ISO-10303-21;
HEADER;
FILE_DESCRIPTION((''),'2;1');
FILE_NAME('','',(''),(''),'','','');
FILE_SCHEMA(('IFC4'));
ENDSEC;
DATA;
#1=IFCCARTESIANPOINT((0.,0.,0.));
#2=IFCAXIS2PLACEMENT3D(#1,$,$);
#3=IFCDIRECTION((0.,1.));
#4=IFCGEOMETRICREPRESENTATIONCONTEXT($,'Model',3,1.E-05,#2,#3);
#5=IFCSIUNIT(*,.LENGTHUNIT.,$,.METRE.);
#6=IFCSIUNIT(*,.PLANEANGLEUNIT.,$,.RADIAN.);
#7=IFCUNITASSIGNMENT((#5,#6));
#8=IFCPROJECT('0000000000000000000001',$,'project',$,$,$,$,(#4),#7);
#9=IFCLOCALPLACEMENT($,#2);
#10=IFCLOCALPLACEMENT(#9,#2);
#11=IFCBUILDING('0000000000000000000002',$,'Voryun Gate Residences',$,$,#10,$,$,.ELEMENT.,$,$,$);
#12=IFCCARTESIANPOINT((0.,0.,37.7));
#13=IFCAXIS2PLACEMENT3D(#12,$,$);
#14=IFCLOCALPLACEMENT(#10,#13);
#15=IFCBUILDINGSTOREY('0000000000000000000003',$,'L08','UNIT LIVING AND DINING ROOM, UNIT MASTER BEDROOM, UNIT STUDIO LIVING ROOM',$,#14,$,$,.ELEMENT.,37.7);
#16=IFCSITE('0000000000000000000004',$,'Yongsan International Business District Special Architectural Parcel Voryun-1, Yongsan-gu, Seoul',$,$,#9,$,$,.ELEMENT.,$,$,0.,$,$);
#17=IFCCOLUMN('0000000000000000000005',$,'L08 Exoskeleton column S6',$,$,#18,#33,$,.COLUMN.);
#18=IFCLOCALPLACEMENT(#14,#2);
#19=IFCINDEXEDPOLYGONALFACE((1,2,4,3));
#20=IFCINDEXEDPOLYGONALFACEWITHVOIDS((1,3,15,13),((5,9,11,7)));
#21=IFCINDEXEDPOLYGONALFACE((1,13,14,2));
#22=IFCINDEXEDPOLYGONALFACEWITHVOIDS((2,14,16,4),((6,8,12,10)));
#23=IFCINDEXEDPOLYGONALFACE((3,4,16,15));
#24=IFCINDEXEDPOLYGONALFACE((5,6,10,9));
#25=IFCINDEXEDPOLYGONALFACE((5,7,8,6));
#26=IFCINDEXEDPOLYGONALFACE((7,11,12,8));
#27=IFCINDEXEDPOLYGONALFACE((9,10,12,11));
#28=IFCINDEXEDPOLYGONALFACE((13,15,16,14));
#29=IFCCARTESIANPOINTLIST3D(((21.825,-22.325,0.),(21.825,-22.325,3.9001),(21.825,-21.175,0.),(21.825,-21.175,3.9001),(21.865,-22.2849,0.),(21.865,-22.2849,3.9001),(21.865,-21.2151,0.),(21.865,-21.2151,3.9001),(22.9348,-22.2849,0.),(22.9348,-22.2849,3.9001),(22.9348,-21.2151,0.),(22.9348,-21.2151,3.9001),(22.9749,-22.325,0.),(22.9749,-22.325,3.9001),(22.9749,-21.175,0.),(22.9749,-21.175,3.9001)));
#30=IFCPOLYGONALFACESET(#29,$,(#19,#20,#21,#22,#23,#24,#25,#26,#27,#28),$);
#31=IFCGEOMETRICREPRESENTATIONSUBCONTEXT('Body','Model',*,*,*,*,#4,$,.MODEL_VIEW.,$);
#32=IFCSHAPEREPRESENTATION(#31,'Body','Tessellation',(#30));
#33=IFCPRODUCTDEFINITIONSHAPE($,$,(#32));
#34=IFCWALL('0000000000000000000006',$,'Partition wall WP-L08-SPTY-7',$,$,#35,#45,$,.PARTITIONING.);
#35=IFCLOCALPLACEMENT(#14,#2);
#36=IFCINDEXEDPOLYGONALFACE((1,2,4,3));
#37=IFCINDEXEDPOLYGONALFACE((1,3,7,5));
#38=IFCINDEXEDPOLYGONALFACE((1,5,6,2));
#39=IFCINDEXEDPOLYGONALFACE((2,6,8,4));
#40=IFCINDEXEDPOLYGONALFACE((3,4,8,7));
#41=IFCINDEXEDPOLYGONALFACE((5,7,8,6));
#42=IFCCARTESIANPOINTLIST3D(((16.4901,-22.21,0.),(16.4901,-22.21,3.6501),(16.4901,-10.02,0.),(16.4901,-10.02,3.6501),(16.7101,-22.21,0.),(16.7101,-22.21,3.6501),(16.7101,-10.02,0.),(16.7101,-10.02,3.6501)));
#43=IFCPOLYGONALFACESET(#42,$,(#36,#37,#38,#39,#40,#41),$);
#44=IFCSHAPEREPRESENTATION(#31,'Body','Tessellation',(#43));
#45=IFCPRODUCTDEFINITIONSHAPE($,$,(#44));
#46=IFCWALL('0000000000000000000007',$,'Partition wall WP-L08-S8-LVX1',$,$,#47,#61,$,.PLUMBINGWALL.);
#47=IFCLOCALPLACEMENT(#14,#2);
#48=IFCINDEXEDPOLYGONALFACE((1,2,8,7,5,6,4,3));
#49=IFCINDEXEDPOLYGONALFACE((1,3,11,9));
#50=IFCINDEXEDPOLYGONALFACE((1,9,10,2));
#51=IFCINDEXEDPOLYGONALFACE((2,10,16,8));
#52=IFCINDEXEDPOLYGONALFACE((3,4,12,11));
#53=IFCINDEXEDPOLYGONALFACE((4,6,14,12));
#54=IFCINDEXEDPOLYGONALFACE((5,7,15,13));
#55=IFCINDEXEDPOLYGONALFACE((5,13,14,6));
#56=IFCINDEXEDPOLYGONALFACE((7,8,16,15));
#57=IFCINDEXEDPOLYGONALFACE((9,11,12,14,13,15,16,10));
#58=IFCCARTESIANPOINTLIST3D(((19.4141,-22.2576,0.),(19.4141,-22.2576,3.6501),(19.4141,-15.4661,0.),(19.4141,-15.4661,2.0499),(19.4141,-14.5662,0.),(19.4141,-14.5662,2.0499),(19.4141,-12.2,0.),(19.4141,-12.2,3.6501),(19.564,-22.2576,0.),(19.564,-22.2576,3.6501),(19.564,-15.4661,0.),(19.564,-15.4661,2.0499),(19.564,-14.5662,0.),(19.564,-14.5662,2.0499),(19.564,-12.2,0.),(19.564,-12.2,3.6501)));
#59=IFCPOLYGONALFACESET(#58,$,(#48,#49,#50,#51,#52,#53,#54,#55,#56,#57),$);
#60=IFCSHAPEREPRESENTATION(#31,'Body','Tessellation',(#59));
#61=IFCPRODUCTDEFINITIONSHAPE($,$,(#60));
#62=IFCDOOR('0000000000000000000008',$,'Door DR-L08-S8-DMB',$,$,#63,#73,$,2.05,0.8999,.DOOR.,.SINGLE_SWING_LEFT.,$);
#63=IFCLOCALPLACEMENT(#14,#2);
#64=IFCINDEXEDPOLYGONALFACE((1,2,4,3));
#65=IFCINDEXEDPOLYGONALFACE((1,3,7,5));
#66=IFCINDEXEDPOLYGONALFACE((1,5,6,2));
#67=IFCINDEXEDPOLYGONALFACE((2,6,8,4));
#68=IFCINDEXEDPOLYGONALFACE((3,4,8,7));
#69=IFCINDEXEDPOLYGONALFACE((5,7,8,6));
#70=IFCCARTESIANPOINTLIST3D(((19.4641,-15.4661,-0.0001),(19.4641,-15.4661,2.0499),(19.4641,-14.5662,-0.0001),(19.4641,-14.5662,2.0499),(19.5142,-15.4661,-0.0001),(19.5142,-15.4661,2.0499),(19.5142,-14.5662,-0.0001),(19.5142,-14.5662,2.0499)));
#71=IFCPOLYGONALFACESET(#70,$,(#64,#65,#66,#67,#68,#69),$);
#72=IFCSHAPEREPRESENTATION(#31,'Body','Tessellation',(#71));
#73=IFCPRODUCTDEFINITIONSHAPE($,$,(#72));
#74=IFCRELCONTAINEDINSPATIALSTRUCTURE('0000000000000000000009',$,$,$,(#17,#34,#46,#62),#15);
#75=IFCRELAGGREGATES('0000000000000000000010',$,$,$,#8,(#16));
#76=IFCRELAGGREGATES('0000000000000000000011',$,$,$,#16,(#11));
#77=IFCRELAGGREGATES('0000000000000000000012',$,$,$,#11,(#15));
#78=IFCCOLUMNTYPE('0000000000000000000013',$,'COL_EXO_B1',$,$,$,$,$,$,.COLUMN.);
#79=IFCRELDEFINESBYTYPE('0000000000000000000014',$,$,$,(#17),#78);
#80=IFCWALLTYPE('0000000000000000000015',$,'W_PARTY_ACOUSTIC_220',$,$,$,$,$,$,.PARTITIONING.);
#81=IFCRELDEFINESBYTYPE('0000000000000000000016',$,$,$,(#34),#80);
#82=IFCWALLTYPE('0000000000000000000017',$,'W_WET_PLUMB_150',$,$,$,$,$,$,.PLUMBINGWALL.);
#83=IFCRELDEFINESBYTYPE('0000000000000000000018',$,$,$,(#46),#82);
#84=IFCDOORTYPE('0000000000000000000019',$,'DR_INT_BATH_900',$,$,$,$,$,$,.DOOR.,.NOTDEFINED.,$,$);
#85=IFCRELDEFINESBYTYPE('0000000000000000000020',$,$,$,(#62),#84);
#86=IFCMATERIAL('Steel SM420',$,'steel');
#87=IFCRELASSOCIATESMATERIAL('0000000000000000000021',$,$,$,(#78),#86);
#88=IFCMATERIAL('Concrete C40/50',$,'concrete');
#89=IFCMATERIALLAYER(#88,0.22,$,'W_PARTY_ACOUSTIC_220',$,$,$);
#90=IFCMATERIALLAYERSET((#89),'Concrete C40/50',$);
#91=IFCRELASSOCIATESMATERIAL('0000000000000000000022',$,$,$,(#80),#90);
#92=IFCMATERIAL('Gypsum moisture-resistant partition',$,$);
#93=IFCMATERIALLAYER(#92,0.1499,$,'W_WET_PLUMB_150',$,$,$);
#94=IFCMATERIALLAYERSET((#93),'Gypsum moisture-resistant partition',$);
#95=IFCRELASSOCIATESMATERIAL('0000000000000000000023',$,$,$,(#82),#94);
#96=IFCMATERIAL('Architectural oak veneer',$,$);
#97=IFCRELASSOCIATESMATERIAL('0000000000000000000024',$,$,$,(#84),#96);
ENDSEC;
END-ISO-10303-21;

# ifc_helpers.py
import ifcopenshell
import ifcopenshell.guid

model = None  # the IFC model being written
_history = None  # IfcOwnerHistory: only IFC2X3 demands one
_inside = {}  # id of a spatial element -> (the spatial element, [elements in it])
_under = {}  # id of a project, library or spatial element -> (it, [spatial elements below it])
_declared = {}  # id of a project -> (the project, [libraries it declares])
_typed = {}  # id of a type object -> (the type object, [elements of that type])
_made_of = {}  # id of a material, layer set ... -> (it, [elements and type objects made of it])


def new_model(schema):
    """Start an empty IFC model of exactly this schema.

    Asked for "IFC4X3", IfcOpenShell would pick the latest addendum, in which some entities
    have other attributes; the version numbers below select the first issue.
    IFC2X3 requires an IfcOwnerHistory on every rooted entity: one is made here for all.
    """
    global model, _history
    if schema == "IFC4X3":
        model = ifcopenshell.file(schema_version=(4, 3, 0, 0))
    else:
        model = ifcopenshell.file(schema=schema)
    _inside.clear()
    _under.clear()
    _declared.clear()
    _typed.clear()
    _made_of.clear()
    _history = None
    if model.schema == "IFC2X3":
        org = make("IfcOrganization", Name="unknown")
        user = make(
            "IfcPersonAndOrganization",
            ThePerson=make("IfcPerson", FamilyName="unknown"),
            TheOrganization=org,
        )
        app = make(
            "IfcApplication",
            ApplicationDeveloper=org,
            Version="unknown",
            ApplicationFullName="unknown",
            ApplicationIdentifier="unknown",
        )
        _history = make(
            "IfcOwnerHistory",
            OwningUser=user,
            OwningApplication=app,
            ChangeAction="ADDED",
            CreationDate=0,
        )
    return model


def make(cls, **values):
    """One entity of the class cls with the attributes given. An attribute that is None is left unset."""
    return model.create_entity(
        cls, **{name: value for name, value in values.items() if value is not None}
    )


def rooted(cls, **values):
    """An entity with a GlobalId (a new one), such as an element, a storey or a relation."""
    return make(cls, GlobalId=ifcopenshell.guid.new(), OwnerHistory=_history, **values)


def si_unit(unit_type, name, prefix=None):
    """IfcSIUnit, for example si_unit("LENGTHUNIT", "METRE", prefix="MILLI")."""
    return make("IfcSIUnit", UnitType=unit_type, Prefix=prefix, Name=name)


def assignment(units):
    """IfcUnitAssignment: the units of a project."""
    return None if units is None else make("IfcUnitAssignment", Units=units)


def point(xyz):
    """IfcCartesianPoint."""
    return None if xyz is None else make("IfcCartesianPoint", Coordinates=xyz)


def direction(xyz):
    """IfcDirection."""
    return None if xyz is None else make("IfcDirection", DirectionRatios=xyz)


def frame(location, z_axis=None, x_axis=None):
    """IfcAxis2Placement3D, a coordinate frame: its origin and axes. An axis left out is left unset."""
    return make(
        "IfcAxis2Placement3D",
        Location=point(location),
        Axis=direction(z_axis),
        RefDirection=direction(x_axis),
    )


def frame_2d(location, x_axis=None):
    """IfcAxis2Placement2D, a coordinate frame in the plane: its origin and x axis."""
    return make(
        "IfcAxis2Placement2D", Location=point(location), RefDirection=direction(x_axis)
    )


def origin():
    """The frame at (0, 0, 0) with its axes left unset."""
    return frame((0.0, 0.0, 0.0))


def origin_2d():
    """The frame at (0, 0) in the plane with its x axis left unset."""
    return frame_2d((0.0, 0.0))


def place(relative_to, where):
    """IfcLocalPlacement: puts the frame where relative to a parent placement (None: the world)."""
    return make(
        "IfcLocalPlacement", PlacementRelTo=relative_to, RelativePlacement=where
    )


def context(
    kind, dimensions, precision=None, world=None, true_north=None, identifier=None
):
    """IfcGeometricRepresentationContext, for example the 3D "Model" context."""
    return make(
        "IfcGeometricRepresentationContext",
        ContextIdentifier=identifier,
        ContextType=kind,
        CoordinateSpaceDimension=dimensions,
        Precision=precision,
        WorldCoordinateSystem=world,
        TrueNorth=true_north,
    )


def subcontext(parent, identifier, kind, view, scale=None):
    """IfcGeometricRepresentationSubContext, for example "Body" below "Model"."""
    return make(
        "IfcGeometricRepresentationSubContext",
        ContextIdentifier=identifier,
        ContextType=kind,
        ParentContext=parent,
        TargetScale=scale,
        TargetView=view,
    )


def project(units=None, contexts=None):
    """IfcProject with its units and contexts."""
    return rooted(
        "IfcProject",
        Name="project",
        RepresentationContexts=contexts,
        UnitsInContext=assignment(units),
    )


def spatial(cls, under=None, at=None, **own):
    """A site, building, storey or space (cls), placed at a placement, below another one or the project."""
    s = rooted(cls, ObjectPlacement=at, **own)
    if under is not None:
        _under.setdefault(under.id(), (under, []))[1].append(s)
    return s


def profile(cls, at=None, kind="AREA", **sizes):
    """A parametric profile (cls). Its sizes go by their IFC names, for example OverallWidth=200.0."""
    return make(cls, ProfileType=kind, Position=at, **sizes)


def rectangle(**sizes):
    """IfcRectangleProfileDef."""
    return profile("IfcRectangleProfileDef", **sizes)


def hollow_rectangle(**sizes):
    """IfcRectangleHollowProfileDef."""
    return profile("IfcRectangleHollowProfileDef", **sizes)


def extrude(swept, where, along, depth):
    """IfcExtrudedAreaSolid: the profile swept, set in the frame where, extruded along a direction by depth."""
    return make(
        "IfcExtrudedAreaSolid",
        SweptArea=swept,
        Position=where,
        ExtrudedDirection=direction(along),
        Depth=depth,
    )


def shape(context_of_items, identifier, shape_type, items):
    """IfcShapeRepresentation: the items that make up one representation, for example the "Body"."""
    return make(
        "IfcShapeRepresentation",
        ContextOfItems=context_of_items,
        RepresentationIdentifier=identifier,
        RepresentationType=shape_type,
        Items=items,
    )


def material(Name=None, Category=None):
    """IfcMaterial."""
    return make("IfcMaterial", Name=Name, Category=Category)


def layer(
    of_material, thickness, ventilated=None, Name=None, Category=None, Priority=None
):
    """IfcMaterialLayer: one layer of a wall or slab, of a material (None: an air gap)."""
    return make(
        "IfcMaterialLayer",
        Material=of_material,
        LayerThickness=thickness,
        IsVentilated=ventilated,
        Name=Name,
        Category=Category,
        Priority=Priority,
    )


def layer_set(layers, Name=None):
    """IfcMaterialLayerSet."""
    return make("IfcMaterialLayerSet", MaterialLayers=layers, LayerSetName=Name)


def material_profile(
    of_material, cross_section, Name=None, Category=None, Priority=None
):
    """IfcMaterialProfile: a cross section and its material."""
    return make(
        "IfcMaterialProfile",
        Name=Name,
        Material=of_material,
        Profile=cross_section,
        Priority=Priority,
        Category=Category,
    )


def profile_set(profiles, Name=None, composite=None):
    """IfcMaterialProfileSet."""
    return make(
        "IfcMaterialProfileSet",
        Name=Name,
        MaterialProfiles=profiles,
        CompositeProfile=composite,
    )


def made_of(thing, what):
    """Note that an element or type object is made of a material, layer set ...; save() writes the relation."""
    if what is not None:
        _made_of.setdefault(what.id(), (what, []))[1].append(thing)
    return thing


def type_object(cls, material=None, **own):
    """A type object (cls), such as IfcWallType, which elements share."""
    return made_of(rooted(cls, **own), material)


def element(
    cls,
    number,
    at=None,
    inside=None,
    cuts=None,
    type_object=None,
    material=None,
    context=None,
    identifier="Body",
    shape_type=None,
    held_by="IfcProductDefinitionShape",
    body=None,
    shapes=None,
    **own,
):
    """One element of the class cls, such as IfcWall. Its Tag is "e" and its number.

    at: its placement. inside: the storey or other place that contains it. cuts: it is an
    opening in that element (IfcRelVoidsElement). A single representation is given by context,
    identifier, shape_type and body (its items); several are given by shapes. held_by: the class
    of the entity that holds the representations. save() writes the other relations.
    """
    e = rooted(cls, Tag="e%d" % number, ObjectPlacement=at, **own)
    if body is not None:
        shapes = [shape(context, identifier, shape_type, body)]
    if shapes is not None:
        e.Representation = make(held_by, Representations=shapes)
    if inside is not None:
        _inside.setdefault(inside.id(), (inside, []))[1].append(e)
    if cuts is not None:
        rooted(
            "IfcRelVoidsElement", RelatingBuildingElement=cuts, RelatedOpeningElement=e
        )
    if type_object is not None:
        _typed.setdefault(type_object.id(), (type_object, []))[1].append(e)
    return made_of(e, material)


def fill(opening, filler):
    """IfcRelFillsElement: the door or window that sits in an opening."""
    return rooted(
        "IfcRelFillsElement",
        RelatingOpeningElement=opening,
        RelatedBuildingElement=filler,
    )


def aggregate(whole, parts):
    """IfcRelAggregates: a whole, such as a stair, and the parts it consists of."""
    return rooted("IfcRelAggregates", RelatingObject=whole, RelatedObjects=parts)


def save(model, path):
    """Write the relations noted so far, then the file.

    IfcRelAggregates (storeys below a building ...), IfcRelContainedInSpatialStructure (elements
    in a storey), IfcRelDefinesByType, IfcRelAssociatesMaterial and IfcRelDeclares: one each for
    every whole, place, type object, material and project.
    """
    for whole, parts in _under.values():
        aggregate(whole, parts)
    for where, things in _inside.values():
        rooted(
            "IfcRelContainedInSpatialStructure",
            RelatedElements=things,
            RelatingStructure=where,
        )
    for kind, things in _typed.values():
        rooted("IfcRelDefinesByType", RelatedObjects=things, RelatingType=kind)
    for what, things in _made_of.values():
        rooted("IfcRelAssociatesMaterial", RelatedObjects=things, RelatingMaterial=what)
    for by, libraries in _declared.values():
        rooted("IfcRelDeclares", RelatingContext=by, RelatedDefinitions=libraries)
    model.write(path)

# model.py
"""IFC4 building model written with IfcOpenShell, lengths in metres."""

from ifc_helpers import new_model, si_unit, direction, frame, frame_2d, origin, origin_2d, place, context, subcontext, project, spatial, rectangle, hollow_rectangle, extrude, material, layer, layer_set, material_profile, profile_set, type_object, element, fill, save


model = new_model("IFC4")

# Units and contexts
model_context = context("Model", 3, precision=1e-05, world=origin(), true_north=direction((0.0, 1.0)))
body_context = subcontext(model_context, "Body", "Model", "MODEL_VIEW")
ifc_project = project(units=[si_unit("LENGTHUNIT", "METRE"), si_unit("PLANEANGLEUNIT", "RADIAN")], contexts=[model_context])

# Site, building, storey
site_placement = place(None, origin())
site = spatial("IfcSite", under=ifc_project, at=site_placement, Name="Yongsan International Business District Special Architectural Parcel Voryun-1, Yongsan-gu, Seoul", CompositionType="ELEMENT", RefElevation=0.0)
building_placement = place(site_placement, origin())
building = spatial("IfcBuilding", under=site, at=building_placement, Name="Voryun Gate Residences", CompositionType="ELEMENT")
storey_placement = place(building_placement, frame((0.0, 0.0, 37.7)))
storey = spatial("IfcBuildingStorey", under=building, at=storey_placement, Name="L08", Description="UNIT LIVING AND DINING ROOM, UNIT MASTER BEDROOM, UNIT STUDIO LIVING ROOM", CompositionType="ELEMENT", Elevation=37.7)

# Column
ifc_material_1 = material(Name="Steel SM420", Category="steel")
ifc_material_profile = material_profile(ifc_material_1, hollow_rectangle(XDim=1.1499, YDim=1.1499, WallThickness=0.04, at=origin_2d()), Name="BOX-1150x1150x40")
ifc_profile_set = profile_set([ifc_material_profile], Name="Steel SM420")
column_type = type_object("IfcColumnType", Name="COL_EXO_B1", PredefinedType="COLUMN", material=ifc_profile_set)
column_placement = place(storey_placement, frame((22.3999, -21.75, 0.0), z_axis=(0.0, 0.0, 1.0), x_axis=(1.0, 0.0, 0.0)))
element("IfcColumn", 1, at=column_placement, inside=storey, type_object=column_type, Name="L08 Exoskeleton column S6", PredefinedType="COLUMN", context=body_context, shape_type="SweptSolid", body=[
    extrude(hollow_rectangle(XDim=1.1499, YDim=1.1499, WallThickness=0.04, at=origin_2d()), origin(), (0.0, 0.0, 1.0), 3.9001),
])

# Wall
ifc_material_2 = material(Name="Concrete C40/50", Category="concrete")
ifc_layer_1 = layer(ifc_material_2, 0.22, Name="W_PARTY_ACOUSTIC_220")
ifc_layer_set_1 = layer_set([ifc_layer_1], Name="Concrete C40/50")
wall_type_1 = type_object("IfcWallType", Name="W_PARTY_ACOUSTIC_220", PredefinedType="PARTITIONING", material=ifc_layer_set_1)
wall_1_placement = place(storey_placement, frame((16.6001, -22.21, 0.0), z_axis=(0.0, 0.0, 1.0), x_axis=(0.0, 1.0, 0.0)))
element("IfcWall", 2, at=wall_1_placement, inside=storey, type_object=wall_type_1, Name="Partition wall WP-L08-SPTY-7", PredefinedType="PARTITIONING", context=body_context, shape_type="SweptSolid", body=[
    extrude(rectangle(XDim=12.1899, YDim=0.22, at=frame_2d((6.095, 0.0))), origin(), (0.0, 0.0, 1.0), 3.6501),
])

# Wall, opening, door
ifc_material_3 = material(Name="Gypsum moisture-resistant partition")
ifc_layer_2 = layer(ifc_material_3, 0.1499, Name="W_WET_PLUMB_150")
ifc_layer_set_2 = layer_set([ifc_layer_2], Name="Gypsum moisture-resistant partition")
wall_type_2 = type_object("IfcWallType", Name="W_WET_PLUMB_150", PredefinedType="PLUMBINGWALL", material=ifc_layer_set_2)
wall_2_placement = place(storey_placement, frame((19.489, -22.2576, 0.0), z_axis=(0.0, 0.0, 1.0), x_axis=(0.0, 1.0, 0.0)))
wall_2 = element("IfcWall", 3, at=wall_2_placement, inside=storey, type_object=wall_type_2, Name="Partition wall WP-L08-S8-LVX1", PredefinedType="PLUMBINGWALL", context=body_context, shape_type="SweptSolid", body=[
    extrude(rectangle(XDim=10.0576, YDim=0.1499, at=frame_2d((5.0288, 0.0))), origin(), (0.0, 0.0, 1.0), 3.6501),
])
opening_1_placement = place(wall_2_placement, frame((6.7915, 0.0, 0.0)))
opening_1 = element("IfcOpeningElement", 4, at=opening_1_placement, cuts=wall_2, PredefinedType="OPENING", context=body_context, shape_type="SweptSolid", body=[
    extrude(rectangle(XDim=0.8999, YDim=2.05, at=frame_2d((0.45, 1.0249))), frame((0.0, 0.085, 0.0), z_axis=(0.0, -1.0, 0.0), x_axis=(1.0, 0.0, 0.0)), (0.0, 0.0, 1.0), 0.1699),
])
ifc_material_4 = material(Name="Architectural oak veneer")
door_type = type_object("IfcDoorType", Name="DR_INT_BATH_900", OperationType="NOTDEFINED", PredefinedType="DOOR", material=ifc_material_4)
door_placement = place(opening_1_placement, origin())
door = element("IfcDoor", 5, at=door_placement, inside=storey, type_object=door_type, Name="Door DR-L08-S8-DMB", OperationType="SINGLE_SWING_LEFT", OverallHeight=2.05, OverallWidth=0.8999, PredefinedType="DOOR", context=body_context, shape_type="SweptSolid", body=[
    extrude(rectangle(XDim=0.8999, YDim=2.05, at=frame_2d((0.45, 1.0249))), frame((0.0, 0.0249, 0.0), z_axis=(0.0, -1.0, 0.0), x_axis=(1.0, 0.0, 0.0)), (0.0, 0.0, 1.0), 0.05),
])
fill(opening_1, door)

save(model, "model.ifc")
